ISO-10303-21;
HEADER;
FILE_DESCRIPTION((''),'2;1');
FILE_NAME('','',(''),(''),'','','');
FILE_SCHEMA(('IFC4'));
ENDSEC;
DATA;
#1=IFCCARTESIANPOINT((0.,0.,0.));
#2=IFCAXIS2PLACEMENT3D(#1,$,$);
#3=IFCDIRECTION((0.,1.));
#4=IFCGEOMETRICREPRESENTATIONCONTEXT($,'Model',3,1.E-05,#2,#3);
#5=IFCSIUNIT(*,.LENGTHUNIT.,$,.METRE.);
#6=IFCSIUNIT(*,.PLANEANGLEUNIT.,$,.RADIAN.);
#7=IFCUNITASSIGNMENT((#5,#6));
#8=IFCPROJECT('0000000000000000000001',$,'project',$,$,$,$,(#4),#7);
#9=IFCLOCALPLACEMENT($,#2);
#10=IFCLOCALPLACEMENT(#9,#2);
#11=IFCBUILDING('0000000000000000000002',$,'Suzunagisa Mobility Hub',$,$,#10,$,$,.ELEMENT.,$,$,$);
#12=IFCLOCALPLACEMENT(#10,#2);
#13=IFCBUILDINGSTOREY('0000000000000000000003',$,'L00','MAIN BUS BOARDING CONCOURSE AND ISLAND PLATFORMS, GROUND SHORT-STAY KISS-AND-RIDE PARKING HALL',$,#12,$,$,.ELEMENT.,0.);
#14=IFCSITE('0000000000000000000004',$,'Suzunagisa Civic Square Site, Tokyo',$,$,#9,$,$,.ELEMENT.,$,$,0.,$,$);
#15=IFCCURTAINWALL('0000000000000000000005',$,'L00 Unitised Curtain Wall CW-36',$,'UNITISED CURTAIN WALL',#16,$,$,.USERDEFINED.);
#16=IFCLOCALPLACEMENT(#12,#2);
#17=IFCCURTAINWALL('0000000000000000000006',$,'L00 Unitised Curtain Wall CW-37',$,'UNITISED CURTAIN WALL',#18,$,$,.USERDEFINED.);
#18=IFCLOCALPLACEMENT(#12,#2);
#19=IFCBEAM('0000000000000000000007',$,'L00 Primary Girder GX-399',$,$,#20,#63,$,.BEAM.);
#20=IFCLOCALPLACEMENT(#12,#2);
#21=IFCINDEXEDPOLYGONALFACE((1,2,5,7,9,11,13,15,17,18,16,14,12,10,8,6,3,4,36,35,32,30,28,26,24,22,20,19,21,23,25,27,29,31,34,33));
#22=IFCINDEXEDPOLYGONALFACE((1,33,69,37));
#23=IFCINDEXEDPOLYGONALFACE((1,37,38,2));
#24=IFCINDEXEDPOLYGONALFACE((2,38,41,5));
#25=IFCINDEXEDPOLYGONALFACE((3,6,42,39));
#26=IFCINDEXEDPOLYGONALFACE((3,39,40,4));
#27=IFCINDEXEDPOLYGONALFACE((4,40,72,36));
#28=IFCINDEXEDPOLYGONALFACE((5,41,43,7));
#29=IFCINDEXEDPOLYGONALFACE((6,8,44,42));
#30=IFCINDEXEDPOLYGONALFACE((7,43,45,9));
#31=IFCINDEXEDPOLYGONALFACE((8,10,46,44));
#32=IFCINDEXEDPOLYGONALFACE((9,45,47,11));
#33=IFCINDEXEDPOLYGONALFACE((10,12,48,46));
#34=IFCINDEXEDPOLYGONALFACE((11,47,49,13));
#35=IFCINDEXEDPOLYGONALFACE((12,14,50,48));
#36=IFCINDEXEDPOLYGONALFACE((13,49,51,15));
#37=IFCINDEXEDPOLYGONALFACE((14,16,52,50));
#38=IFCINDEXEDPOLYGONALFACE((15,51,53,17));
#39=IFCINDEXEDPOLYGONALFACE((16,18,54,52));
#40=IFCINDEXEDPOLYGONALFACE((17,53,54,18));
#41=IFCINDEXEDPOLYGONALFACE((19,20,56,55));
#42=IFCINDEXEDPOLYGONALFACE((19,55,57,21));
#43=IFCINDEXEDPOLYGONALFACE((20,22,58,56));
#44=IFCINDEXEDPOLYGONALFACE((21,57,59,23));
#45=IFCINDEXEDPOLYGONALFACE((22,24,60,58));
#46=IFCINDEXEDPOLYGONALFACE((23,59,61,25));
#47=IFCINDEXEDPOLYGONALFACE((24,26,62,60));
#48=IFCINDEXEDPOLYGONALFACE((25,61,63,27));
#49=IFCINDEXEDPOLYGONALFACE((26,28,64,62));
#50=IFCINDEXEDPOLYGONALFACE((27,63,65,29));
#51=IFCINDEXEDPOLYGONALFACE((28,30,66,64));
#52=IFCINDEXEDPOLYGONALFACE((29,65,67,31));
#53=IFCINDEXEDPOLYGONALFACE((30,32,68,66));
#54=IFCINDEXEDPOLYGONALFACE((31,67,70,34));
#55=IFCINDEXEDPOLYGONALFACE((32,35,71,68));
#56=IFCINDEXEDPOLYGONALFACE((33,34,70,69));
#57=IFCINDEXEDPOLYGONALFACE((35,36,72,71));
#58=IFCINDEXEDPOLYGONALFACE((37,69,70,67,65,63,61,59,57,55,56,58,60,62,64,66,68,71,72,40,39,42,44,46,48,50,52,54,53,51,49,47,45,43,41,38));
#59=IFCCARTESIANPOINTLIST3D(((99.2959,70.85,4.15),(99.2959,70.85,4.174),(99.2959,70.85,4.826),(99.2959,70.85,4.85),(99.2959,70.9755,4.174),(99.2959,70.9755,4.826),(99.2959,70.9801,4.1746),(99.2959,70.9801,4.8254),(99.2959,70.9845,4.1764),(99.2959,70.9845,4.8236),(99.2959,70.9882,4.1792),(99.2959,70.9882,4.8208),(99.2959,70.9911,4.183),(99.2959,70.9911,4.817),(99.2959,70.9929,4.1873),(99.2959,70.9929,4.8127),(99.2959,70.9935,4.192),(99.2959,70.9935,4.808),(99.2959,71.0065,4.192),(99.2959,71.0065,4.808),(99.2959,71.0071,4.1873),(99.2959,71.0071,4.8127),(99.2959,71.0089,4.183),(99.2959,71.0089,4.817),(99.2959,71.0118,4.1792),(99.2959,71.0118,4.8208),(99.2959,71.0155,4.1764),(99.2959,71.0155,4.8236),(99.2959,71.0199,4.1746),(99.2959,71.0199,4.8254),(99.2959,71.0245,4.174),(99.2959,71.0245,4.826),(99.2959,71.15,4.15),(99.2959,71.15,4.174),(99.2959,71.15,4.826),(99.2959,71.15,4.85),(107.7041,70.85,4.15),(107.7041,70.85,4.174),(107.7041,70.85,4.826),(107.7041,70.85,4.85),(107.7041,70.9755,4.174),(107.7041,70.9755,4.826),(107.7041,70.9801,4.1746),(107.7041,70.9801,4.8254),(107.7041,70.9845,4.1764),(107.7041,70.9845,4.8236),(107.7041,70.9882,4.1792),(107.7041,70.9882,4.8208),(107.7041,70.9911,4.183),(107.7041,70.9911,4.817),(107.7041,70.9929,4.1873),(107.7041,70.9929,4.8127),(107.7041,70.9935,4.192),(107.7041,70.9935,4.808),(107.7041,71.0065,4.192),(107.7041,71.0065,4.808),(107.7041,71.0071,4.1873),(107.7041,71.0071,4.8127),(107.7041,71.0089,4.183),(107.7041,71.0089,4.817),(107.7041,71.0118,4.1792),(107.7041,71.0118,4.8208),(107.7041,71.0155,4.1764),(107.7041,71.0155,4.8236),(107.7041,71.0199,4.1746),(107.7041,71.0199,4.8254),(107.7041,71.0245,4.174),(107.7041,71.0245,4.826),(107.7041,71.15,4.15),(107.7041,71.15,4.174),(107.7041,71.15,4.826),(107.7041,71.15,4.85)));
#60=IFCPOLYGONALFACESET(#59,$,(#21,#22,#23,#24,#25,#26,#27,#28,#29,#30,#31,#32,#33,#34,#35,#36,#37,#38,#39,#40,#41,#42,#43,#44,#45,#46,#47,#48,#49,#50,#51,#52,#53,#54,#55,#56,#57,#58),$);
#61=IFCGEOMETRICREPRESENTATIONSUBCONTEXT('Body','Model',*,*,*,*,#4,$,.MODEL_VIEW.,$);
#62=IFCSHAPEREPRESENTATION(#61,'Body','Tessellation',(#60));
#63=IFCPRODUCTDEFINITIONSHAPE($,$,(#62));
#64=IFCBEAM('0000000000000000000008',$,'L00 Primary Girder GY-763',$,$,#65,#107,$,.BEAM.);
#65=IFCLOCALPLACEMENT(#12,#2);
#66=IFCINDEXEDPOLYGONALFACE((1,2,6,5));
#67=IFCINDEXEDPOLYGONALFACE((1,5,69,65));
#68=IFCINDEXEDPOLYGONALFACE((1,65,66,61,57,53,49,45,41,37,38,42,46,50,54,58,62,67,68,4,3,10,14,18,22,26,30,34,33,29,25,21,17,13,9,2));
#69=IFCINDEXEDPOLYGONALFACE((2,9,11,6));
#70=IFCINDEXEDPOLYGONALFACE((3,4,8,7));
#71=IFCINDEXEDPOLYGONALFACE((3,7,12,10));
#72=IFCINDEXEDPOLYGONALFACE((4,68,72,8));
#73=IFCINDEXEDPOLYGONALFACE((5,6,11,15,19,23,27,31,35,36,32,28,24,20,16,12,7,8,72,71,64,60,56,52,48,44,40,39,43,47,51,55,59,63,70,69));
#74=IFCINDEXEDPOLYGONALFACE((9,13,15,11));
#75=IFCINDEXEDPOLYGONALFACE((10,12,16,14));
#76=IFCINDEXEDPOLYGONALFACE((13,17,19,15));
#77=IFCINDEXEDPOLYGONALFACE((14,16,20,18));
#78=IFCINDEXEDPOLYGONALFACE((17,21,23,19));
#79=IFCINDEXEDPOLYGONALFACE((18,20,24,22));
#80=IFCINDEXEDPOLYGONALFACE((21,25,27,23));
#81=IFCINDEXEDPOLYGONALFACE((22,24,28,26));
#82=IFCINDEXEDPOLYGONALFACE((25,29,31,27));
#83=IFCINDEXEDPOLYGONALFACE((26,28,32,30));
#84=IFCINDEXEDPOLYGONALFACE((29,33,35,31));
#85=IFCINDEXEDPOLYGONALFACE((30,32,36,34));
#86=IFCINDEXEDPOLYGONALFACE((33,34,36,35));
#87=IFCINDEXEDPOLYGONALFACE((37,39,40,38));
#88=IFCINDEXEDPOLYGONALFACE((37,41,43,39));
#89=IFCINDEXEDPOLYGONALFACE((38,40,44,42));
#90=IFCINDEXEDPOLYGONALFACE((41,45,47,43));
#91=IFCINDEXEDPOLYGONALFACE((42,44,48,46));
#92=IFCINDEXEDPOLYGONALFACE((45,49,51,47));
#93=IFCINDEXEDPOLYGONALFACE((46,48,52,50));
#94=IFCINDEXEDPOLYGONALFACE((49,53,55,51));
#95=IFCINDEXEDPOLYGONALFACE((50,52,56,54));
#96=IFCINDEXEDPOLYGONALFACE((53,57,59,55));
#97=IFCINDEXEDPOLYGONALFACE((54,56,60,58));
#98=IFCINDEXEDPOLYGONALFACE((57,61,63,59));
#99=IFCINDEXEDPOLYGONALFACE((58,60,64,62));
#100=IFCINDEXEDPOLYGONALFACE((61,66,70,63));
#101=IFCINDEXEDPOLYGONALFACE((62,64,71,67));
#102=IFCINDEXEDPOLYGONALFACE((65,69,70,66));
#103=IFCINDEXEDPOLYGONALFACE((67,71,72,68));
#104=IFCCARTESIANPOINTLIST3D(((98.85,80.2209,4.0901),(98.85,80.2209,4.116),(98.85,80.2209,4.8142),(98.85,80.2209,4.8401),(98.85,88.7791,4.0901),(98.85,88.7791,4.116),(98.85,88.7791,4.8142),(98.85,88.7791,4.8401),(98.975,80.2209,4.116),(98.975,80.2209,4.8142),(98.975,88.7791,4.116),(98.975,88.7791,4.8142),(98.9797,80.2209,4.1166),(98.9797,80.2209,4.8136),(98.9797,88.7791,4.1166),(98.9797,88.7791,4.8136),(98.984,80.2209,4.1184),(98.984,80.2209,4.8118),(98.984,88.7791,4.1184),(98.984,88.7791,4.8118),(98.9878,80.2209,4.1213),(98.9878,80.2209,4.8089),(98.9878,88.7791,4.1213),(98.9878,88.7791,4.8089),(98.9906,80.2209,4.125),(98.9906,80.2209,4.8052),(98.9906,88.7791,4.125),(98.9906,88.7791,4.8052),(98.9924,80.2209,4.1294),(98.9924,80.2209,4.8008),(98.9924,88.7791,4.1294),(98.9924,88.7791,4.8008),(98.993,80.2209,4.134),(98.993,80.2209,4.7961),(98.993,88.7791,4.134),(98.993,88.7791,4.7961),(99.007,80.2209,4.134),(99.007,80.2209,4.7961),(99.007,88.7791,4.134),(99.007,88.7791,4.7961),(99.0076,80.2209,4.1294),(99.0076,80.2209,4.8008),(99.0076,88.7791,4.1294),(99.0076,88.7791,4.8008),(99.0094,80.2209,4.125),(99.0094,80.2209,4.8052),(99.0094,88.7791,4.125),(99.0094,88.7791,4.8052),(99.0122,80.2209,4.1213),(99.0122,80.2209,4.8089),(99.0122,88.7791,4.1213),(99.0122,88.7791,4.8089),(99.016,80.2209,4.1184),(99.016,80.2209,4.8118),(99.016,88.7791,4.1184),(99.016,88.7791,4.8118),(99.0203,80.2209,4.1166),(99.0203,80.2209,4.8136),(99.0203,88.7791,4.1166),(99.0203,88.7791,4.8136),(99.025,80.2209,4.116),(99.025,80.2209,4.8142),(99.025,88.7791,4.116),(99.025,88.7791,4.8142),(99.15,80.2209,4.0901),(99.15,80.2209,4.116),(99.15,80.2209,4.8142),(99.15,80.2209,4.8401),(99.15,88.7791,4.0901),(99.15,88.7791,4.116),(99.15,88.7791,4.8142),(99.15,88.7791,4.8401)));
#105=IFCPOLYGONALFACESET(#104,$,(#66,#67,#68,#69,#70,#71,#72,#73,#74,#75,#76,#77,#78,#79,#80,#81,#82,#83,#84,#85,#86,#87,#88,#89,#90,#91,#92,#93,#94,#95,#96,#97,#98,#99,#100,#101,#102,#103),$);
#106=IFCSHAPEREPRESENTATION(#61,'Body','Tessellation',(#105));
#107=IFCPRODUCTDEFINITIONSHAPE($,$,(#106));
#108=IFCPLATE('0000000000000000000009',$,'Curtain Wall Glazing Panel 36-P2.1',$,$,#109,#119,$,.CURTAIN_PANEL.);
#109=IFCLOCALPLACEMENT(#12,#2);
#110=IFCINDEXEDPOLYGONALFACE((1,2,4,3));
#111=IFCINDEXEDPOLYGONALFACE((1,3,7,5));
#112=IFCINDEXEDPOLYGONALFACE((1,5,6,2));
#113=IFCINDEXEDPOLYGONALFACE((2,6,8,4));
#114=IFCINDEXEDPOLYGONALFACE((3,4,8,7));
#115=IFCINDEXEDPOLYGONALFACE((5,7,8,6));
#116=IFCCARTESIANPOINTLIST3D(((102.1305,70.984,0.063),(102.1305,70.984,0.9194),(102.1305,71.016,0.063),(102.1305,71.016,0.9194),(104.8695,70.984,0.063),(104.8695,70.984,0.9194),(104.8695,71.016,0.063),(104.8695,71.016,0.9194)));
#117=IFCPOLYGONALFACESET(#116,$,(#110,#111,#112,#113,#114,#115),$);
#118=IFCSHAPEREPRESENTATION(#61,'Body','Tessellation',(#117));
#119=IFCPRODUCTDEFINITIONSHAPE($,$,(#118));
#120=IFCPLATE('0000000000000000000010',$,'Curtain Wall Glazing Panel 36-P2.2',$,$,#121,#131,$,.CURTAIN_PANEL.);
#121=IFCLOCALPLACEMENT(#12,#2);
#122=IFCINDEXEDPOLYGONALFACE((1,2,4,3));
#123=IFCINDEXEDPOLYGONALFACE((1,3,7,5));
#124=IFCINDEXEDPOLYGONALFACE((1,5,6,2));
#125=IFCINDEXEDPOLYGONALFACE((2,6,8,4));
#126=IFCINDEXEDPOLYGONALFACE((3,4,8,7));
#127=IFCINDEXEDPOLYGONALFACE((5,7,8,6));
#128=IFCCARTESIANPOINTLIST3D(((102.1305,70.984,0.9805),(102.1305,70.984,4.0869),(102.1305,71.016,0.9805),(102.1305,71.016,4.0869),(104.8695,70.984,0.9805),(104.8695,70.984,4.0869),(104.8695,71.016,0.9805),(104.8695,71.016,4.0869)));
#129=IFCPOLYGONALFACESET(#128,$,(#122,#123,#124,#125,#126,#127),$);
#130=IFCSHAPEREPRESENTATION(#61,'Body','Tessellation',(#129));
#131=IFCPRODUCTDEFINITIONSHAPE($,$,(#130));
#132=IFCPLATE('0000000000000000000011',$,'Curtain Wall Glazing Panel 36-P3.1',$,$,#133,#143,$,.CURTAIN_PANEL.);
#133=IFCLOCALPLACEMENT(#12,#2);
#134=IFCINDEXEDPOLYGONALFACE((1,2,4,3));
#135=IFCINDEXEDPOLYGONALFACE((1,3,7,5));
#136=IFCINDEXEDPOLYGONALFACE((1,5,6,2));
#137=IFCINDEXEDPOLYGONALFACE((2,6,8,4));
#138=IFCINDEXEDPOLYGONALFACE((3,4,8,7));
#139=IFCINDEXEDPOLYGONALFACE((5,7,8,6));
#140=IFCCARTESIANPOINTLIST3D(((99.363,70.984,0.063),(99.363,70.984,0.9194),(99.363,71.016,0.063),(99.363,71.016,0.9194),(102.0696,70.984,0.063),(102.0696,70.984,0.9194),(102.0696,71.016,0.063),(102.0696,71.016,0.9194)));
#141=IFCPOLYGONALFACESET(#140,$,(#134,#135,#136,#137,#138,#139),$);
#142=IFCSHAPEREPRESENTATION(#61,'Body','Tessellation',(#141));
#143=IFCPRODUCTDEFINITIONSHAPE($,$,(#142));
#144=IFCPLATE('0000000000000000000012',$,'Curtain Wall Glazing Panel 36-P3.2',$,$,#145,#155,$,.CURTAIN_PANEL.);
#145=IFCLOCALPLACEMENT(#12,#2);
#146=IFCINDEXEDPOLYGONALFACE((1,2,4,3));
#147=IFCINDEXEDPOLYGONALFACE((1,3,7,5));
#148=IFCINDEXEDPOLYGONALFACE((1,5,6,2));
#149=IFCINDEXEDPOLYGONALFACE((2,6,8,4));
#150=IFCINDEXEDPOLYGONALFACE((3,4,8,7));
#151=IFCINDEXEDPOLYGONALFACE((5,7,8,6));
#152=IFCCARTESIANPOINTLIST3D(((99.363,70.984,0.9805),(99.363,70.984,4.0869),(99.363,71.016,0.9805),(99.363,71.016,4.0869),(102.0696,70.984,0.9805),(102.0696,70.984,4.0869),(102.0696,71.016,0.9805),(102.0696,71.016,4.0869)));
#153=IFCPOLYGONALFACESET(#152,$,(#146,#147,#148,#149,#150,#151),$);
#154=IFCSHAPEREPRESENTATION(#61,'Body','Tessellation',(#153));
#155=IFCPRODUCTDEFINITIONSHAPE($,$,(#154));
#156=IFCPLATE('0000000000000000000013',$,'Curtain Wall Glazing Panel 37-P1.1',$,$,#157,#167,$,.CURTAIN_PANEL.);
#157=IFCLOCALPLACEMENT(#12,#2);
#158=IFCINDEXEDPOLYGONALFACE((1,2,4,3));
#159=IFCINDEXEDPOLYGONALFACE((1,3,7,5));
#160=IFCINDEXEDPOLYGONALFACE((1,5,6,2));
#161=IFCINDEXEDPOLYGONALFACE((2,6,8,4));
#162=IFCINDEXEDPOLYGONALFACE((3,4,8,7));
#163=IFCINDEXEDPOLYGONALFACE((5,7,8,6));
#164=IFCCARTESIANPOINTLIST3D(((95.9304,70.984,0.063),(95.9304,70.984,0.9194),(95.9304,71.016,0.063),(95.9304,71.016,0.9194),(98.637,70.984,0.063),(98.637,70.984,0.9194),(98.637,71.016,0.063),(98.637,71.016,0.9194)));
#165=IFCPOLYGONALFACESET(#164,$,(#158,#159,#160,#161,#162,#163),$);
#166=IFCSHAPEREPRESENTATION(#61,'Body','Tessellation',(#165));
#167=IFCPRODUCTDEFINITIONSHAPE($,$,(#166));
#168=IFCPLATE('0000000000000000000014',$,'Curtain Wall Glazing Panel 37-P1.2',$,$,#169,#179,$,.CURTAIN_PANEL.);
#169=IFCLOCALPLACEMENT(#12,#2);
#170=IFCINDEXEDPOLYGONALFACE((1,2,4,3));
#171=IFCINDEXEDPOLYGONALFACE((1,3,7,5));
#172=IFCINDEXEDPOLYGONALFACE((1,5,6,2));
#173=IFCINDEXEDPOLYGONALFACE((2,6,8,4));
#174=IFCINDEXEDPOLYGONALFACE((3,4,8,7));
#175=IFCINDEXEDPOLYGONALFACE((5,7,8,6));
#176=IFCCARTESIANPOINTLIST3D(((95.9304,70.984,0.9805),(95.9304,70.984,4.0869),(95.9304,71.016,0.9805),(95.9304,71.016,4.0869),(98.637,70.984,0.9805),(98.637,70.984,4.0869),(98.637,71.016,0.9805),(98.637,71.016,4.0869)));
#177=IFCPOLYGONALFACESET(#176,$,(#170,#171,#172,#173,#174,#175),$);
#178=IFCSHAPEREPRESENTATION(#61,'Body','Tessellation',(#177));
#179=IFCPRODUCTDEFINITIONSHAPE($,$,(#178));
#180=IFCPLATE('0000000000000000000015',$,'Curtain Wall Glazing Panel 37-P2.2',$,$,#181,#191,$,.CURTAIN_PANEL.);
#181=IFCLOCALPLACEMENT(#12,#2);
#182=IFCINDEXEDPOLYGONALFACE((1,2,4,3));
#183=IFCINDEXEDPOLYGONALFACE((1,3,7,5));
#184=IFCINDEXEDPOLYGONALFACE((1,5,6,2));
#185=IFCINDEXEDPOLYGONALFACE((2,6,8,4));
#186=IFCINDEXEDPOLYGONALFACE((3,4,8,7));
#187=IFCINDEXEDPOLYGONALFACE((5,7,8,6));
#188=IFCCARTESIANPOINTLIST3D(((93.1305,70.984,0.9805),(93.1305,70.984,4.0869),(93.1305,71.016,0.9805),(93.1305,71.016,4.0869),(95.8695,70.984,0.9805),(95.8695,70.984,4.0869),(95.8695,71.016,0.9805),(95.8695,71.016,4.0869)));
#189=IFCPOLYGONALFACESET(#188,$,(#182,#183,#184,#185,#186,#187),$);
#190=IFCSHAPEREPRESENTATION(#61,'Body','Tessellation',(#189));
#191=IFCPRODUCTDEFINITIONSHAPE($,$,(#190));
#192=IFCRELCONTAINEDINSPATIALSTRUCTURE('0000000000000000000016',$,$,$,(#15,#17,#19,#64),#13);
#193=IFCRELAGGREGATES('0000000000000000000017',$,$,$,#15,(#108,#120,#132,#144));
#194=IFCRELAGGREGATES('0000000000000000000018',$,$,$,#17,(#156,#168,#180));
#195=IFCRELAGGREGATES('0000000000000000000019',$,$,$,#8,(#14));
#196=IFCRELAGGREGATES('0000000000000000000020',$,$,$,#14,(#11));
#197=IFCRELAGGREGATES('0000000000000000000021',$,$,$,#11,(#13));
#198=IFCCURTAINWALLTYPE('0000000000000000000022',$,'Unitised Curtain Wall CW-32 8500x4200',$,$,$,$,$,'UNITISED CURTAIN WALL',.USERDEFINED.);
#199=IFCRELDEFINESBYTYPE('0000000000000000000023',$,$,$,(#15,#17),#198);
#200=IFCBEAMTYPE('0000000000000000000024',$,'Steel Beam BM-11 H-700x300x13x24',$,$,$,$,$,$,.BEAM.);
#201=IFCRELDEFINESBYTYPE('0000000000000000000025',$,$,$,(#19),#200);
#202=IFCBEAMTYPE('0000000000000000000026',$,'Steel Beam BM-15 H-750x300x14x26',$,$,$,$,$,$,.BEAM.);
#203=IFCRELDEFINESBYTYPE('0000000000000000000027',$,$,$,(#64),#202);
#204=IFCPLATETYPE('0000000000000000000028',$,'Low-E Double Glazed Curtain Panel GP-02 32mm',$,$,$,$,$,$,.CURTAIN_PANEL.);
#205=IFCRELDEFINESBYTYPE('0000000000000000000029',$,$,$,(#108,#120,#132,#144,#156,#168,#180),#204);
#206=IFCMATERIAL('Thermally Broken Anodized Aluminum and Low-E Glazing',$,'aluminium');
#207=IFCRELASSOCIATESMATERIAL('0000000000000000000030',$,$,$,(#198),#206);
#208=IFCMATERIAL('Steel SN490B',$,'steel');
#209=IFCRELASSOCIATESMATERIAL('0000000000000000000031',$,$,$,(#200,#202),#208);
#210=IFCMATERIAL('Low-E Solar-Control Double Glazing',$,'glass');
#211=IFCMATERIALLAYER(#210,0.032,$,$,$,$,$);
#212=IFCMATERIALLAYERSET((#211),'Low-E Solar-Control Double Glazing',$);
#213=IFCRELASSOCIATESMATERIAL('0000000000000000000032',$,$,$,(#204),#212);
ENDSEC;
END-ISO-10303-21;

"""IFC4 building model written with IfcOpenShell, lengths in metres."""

from ifc_helpers import new_model, si_unit, direction, frame, origin, origin_2d, place, context, subcontext, project, spatial, rectangle, i_section, extrude, material, layer, layer_set, material_profile, profile_set, type_object, element, aggregate, save


model = new_model("IFC4")

# Units and contexts
model_context = context("Model", 3, precision=1e-05, world=origin(), true_north=direction((0.0, 1.0)))
body_context = subcontext(model_context, "Body", "Model", "MODEL_VIEW")
ifc_project = project(units=[si_unit("LENGTHUNIT", "METRE"), si_unit("PLANEANGLEUNIT", "RADIAN")], contexts=[model_context])

# Site, building, storey
site_placement = place(None, origin())
site = spatial("IfcSite", under=ifc_project, at=site_placement, Name="Suzunagisa Civic Square Site, Tokyo", CompositionType="ELEMENT", RefElevation=0.0)
building_placement = place(site_placement, origin())
building = spatial("IfcBuilding", under=site, at=building_placement, Name="Suzunagisa Mobility Hub", CompositionType="ELEMENT")
storey_placement = place(building_placement, origin())
storey = spatial("IfcBuildingStorey", under=building, at=storey_placement, Name="L00", Description="MAIN BUS BOARDING CONCOURSE AND ISLAND PLATFORMS, GROUND SHORT-STAY KISS-AND-RIDE PARKING HALL", CompositionType="ELEMENT", Elevation=0.0)

# Shared definitions
ifc_material_1 = material(Name="Steel SN490B", Category="steel")

# Curtain walls
ifc_material_2 = material(Name="Thermally Broken Anodized Aluminum and Low-E Glazing", Category="aluminium")
curtain_wall_type = type_object("IfcCurtainWallType", Name="Unitised Curtain Wall CW-32 8500x4200", ElementType="UNITISED CURTAIN WALL", PredefinedType="USERDEFINED", material=ifc_material_2)
curtain_wall_1_placement = place(storey_placement, origin())
curtain_wall_1 = element("IfcCurtainWall", 1, at=curtain_wall_1_placement, inside=storey, type_object=curtain_wall_type, Name="L00 Unitised Curtain Wall CW-36", ObjectType="UNITISED CURTAIN WALL", PredefinedType="USERDEFINED")
curtain_wall_2_placement = place(storey_placement, origin())
curtain_wall_2 = element("IfcCurtainWall", 2, at=curtain_wall_2_placement, inside=storey, type_object=curtain_wall_type, Name="L00 Unitised Curtain Wall CW-37", ObjectType="UNITISED CURTAIN WALL", PredefinedType="USERDEFINED")

# Beams
ifc_material_profile_1 = material_profile(ifc_material_1, i_section(OverallWidth=0.3, OverallDepth=0.7, WebThickness=0.0129, FlangeThickness=0.0239, FilletRadius=0.0181, at=origin_2d()), Name="H-700x300x13x24")
ifc_profile_set_1 = profile_set([ifc_material_profile_1], Name="Steel SN490B")
beam_type_1 = type_object("IfcBeamType", Name="Steel Beam BM-11 H-700x300x13x24", PredefinedType="BEAM", material=ifc_profile_set_1)
beam_1_placement = place(storey_placement, frame((99.2959, 71.0, 4.5), z_axis=(1.0, 0.0, 0.0), x_axis=(0.0, 1.0, 0.0)))
element("IfcBeam", 3, at=beam_1_placement, inside=storey, type_object=beam_type_1, Name="L00 Primary Girder GX-399", PredefinedType="BEAM", context=body_context, shape_type="SweptSolid", body=[
    extrude(i_section(OverallWidth=0.3, OverallDepth=0.7, WebThickness=0.0129, FlangeThickness=0.0239, FilletRadius=0.0181, at=origin_2d()), origin(), (0.0, 0.0, 1.0), 8.4082),
])
ifc_material_profile_2 = material_profile(ifc_material_1, i_section(OverallWidth=0.3, OverallDepth=0.75, WebThickness=0.0139, FlangeThickness=0.0259, FilletRadius=0.0181, at=origin_2d()), Name="H-750x300x14x26")
ifc_profile_set_2 = profile_set([ifc_material_profile_2], Name="Steel SN490B")
beam_type_2 = type_object("IfcBeamType", Name="Steel Beam BM-15 H-750x300x14x26", PredefinedType="BEAM", material=ifc_profile_set_2)
beam_2_placement = place(storey_placement, frame((99.0, 80.2209, 4.4651), z_axis=(0.0, 1.0, 0.0), x_axis=(-1.0, 0.0, 0.0)))
element("IfcBeam", 4, at=beam_2_placement, inside=storey, type_object=beam_type_2, Name="L00 Primary Girder GY-763", PredefinedType="BEAM", context=body_context, shape_type="SweptSolid", body=[
    extrude(i_section(OverallWidth=0.3, OverallDepth=0.75, WebThickness=0.0139, FlangeThickness=0.0259, FilletRadius=0.0181, at=origin_2d()), origin(), (0.0, 0.0, 1.0), 8.5581),
])

# Plates
ifc_material_3 = material(Name="Low-E Solar-Control Double Glazing", Category="glass")
ifc_layer_1 = layer(ifc_material_3, 0.032)
ifc_layer_set_1 = layer_set([ifc_layer_1], Name="Low-E Solar-Control Double Glazing")
plate_type = type_object("IfcPlateType", Name="Low-E Double Glazed Curtain Panel GP-02 32mm", PredefinedType="CURTAIN_PANEL", material=ifc_layer_set_1)
plate_1_placement = place(storey_placement, frame((103.5, 71.0, 0.063), z_axis=(0.0, 0.0, 1.0), x_axis=(-1.0, 0.0, 0.0)))
plate_1 = element("IfcPlate", 5, at=plate_1_placement, type_object=plate_type, Name="Curtain Wall Glazing Panel 36-P2.1", PredefinedType="CURTAIN_PANEL", context=body_context, shape_type="SweptSolid", body=[
    extrude(rectangle(XDim=2.739, YDim=0.032, at=origin_2d()), origin(), (0.0, 0.0, 1.0), 0.8564),
])
plate_2_placement = place(storey_placement, frame((103.5, 71.0, 0.9805), z_axis=(0.0, 0.0, 1.0), x_axis=(-1.0, 0.0, 0.0)))
plate_2 = element("IfcPlate", 6, at=plate_2_placement, type_object=plate_type, Name="Curtain Wall Glazing Panel 36-P2.2", PredefinedType="CURTAIN_PANEL", context=body_context, shape_type="SweptSolid", body=[
    extrude(rectangle(XDim=2.739, YDim=0.032, at=origin_2d()), origin(), (0.0, 0.0, 1.0), 3.1064),
])
plate_3_placement = place(storey_placement, frame((100.7163, 71.0, 0.063), z_axis=(0.0, 0.0, 1.0), x_axis=(-1.0, 0.0, 0.0)))
plate_3 = element("IfcPlate", 7, at=plate_3_placement, type_object=plate_type, Name="Curtain Wall Glazing Panel 36-P3.1", PredefinedType="CURTAIN_PANEL", context=body_context, shape_type="SweptSolid", body=[
    extrude(rectangle(XDim=2.7065, YDim=0.032, at=origin_2d()), origin(), (0.0, 0.0, 1.0), 0.8564),
])
plate_4_placement = place(storey_placement, frame((100.7163, 71.0, 0.9805), z_axis=(0.0, 0.0, 1.0), x_axis=(-1.0, 0.0, 0.0)))
plate_4 = element("IfcPlate", 8, at=plate_4_placement, type_object=plate_type, Name="Curtain Wall Glazing Panel 36-P3.2", PredefinedType="CURTAIN_PANEL", context=body_context, shape_type="SweptSolid", body=[
    extrude(rectangle(XDim=2.7065, YDim=0.032, at=origin_2d()), origin(), (0.0, 0.0, 1.0), 3.1064),
])
aggregate(curtain_wall_1, [plate_1, plate_2, plate_3, plate_4])
plate_5_placement = place(storey_placement, frame((97.2837, 71.0, 0.063), z_axis=(0.0, 0.0, 1.0), x_axis=(-1.0, 0.0, 0.0)))
plate_5 = element("IfcPlate", 9, at=plate_5_placement, type_object=plate_type, Name="Curtain Wall Glazing Panel 37-P1.1", PredefinedType="CURTAIN_PANEL", context=body_context, shape_type="SweptSolid", body=[
    extrude(rectangle(XDim=2.7065, YDim=0.032, at=origin_2d()), origin(), (0.0, 0.0, 1.0), 0.8564),
])
plate_6_placement = place(storey_placement, frame((97.2837, 71.0, 0.9805), z_axis=(0.0, 0.0, 1.0), x_axis=(-1.0, 0.0, 0.0)))
plate_6 = element("IfcPlate", 10, at=plate_6_placement, type_object=plate_type, Name="Curtain Wall Glazing Panel 37-P1.2", PredefinedType="CURTAIN_PANEL", context=body_context, shape_type="SweptSolid", body=[
    extrude(rectangle(XDim=2.7065, YDim=0.032, at=origin_2d()), origin(), (0.0, 0.0, 1.0), 3.1064),
])
plate_7_placement = place(storey_placement, frame((94.5, 71.0, 0.9805), z_axis=(0.0, 0.0, 1.0), x_axis=(-1.0, 0.0, 0.0)))
plate_7 = element("IfcPlate", 11, at=plate_7_placement, type_object=plate_type, Name="Curtain Wall Glazing Panel 37-P2.2", PredefinedType="CURTAIN_PANEL", context=body_context, shape_type="SweptSolid", body=[
    extrude(rectangle(XDim=2.739, YDim=0.032, at=origin_2d()), origin(), (0.0, 0.0, 1.0), 3.1064),
])
aggregate(curtain_wall_2, [plate_5, plate_6, plate_7])

save(model, "model.ifc")
